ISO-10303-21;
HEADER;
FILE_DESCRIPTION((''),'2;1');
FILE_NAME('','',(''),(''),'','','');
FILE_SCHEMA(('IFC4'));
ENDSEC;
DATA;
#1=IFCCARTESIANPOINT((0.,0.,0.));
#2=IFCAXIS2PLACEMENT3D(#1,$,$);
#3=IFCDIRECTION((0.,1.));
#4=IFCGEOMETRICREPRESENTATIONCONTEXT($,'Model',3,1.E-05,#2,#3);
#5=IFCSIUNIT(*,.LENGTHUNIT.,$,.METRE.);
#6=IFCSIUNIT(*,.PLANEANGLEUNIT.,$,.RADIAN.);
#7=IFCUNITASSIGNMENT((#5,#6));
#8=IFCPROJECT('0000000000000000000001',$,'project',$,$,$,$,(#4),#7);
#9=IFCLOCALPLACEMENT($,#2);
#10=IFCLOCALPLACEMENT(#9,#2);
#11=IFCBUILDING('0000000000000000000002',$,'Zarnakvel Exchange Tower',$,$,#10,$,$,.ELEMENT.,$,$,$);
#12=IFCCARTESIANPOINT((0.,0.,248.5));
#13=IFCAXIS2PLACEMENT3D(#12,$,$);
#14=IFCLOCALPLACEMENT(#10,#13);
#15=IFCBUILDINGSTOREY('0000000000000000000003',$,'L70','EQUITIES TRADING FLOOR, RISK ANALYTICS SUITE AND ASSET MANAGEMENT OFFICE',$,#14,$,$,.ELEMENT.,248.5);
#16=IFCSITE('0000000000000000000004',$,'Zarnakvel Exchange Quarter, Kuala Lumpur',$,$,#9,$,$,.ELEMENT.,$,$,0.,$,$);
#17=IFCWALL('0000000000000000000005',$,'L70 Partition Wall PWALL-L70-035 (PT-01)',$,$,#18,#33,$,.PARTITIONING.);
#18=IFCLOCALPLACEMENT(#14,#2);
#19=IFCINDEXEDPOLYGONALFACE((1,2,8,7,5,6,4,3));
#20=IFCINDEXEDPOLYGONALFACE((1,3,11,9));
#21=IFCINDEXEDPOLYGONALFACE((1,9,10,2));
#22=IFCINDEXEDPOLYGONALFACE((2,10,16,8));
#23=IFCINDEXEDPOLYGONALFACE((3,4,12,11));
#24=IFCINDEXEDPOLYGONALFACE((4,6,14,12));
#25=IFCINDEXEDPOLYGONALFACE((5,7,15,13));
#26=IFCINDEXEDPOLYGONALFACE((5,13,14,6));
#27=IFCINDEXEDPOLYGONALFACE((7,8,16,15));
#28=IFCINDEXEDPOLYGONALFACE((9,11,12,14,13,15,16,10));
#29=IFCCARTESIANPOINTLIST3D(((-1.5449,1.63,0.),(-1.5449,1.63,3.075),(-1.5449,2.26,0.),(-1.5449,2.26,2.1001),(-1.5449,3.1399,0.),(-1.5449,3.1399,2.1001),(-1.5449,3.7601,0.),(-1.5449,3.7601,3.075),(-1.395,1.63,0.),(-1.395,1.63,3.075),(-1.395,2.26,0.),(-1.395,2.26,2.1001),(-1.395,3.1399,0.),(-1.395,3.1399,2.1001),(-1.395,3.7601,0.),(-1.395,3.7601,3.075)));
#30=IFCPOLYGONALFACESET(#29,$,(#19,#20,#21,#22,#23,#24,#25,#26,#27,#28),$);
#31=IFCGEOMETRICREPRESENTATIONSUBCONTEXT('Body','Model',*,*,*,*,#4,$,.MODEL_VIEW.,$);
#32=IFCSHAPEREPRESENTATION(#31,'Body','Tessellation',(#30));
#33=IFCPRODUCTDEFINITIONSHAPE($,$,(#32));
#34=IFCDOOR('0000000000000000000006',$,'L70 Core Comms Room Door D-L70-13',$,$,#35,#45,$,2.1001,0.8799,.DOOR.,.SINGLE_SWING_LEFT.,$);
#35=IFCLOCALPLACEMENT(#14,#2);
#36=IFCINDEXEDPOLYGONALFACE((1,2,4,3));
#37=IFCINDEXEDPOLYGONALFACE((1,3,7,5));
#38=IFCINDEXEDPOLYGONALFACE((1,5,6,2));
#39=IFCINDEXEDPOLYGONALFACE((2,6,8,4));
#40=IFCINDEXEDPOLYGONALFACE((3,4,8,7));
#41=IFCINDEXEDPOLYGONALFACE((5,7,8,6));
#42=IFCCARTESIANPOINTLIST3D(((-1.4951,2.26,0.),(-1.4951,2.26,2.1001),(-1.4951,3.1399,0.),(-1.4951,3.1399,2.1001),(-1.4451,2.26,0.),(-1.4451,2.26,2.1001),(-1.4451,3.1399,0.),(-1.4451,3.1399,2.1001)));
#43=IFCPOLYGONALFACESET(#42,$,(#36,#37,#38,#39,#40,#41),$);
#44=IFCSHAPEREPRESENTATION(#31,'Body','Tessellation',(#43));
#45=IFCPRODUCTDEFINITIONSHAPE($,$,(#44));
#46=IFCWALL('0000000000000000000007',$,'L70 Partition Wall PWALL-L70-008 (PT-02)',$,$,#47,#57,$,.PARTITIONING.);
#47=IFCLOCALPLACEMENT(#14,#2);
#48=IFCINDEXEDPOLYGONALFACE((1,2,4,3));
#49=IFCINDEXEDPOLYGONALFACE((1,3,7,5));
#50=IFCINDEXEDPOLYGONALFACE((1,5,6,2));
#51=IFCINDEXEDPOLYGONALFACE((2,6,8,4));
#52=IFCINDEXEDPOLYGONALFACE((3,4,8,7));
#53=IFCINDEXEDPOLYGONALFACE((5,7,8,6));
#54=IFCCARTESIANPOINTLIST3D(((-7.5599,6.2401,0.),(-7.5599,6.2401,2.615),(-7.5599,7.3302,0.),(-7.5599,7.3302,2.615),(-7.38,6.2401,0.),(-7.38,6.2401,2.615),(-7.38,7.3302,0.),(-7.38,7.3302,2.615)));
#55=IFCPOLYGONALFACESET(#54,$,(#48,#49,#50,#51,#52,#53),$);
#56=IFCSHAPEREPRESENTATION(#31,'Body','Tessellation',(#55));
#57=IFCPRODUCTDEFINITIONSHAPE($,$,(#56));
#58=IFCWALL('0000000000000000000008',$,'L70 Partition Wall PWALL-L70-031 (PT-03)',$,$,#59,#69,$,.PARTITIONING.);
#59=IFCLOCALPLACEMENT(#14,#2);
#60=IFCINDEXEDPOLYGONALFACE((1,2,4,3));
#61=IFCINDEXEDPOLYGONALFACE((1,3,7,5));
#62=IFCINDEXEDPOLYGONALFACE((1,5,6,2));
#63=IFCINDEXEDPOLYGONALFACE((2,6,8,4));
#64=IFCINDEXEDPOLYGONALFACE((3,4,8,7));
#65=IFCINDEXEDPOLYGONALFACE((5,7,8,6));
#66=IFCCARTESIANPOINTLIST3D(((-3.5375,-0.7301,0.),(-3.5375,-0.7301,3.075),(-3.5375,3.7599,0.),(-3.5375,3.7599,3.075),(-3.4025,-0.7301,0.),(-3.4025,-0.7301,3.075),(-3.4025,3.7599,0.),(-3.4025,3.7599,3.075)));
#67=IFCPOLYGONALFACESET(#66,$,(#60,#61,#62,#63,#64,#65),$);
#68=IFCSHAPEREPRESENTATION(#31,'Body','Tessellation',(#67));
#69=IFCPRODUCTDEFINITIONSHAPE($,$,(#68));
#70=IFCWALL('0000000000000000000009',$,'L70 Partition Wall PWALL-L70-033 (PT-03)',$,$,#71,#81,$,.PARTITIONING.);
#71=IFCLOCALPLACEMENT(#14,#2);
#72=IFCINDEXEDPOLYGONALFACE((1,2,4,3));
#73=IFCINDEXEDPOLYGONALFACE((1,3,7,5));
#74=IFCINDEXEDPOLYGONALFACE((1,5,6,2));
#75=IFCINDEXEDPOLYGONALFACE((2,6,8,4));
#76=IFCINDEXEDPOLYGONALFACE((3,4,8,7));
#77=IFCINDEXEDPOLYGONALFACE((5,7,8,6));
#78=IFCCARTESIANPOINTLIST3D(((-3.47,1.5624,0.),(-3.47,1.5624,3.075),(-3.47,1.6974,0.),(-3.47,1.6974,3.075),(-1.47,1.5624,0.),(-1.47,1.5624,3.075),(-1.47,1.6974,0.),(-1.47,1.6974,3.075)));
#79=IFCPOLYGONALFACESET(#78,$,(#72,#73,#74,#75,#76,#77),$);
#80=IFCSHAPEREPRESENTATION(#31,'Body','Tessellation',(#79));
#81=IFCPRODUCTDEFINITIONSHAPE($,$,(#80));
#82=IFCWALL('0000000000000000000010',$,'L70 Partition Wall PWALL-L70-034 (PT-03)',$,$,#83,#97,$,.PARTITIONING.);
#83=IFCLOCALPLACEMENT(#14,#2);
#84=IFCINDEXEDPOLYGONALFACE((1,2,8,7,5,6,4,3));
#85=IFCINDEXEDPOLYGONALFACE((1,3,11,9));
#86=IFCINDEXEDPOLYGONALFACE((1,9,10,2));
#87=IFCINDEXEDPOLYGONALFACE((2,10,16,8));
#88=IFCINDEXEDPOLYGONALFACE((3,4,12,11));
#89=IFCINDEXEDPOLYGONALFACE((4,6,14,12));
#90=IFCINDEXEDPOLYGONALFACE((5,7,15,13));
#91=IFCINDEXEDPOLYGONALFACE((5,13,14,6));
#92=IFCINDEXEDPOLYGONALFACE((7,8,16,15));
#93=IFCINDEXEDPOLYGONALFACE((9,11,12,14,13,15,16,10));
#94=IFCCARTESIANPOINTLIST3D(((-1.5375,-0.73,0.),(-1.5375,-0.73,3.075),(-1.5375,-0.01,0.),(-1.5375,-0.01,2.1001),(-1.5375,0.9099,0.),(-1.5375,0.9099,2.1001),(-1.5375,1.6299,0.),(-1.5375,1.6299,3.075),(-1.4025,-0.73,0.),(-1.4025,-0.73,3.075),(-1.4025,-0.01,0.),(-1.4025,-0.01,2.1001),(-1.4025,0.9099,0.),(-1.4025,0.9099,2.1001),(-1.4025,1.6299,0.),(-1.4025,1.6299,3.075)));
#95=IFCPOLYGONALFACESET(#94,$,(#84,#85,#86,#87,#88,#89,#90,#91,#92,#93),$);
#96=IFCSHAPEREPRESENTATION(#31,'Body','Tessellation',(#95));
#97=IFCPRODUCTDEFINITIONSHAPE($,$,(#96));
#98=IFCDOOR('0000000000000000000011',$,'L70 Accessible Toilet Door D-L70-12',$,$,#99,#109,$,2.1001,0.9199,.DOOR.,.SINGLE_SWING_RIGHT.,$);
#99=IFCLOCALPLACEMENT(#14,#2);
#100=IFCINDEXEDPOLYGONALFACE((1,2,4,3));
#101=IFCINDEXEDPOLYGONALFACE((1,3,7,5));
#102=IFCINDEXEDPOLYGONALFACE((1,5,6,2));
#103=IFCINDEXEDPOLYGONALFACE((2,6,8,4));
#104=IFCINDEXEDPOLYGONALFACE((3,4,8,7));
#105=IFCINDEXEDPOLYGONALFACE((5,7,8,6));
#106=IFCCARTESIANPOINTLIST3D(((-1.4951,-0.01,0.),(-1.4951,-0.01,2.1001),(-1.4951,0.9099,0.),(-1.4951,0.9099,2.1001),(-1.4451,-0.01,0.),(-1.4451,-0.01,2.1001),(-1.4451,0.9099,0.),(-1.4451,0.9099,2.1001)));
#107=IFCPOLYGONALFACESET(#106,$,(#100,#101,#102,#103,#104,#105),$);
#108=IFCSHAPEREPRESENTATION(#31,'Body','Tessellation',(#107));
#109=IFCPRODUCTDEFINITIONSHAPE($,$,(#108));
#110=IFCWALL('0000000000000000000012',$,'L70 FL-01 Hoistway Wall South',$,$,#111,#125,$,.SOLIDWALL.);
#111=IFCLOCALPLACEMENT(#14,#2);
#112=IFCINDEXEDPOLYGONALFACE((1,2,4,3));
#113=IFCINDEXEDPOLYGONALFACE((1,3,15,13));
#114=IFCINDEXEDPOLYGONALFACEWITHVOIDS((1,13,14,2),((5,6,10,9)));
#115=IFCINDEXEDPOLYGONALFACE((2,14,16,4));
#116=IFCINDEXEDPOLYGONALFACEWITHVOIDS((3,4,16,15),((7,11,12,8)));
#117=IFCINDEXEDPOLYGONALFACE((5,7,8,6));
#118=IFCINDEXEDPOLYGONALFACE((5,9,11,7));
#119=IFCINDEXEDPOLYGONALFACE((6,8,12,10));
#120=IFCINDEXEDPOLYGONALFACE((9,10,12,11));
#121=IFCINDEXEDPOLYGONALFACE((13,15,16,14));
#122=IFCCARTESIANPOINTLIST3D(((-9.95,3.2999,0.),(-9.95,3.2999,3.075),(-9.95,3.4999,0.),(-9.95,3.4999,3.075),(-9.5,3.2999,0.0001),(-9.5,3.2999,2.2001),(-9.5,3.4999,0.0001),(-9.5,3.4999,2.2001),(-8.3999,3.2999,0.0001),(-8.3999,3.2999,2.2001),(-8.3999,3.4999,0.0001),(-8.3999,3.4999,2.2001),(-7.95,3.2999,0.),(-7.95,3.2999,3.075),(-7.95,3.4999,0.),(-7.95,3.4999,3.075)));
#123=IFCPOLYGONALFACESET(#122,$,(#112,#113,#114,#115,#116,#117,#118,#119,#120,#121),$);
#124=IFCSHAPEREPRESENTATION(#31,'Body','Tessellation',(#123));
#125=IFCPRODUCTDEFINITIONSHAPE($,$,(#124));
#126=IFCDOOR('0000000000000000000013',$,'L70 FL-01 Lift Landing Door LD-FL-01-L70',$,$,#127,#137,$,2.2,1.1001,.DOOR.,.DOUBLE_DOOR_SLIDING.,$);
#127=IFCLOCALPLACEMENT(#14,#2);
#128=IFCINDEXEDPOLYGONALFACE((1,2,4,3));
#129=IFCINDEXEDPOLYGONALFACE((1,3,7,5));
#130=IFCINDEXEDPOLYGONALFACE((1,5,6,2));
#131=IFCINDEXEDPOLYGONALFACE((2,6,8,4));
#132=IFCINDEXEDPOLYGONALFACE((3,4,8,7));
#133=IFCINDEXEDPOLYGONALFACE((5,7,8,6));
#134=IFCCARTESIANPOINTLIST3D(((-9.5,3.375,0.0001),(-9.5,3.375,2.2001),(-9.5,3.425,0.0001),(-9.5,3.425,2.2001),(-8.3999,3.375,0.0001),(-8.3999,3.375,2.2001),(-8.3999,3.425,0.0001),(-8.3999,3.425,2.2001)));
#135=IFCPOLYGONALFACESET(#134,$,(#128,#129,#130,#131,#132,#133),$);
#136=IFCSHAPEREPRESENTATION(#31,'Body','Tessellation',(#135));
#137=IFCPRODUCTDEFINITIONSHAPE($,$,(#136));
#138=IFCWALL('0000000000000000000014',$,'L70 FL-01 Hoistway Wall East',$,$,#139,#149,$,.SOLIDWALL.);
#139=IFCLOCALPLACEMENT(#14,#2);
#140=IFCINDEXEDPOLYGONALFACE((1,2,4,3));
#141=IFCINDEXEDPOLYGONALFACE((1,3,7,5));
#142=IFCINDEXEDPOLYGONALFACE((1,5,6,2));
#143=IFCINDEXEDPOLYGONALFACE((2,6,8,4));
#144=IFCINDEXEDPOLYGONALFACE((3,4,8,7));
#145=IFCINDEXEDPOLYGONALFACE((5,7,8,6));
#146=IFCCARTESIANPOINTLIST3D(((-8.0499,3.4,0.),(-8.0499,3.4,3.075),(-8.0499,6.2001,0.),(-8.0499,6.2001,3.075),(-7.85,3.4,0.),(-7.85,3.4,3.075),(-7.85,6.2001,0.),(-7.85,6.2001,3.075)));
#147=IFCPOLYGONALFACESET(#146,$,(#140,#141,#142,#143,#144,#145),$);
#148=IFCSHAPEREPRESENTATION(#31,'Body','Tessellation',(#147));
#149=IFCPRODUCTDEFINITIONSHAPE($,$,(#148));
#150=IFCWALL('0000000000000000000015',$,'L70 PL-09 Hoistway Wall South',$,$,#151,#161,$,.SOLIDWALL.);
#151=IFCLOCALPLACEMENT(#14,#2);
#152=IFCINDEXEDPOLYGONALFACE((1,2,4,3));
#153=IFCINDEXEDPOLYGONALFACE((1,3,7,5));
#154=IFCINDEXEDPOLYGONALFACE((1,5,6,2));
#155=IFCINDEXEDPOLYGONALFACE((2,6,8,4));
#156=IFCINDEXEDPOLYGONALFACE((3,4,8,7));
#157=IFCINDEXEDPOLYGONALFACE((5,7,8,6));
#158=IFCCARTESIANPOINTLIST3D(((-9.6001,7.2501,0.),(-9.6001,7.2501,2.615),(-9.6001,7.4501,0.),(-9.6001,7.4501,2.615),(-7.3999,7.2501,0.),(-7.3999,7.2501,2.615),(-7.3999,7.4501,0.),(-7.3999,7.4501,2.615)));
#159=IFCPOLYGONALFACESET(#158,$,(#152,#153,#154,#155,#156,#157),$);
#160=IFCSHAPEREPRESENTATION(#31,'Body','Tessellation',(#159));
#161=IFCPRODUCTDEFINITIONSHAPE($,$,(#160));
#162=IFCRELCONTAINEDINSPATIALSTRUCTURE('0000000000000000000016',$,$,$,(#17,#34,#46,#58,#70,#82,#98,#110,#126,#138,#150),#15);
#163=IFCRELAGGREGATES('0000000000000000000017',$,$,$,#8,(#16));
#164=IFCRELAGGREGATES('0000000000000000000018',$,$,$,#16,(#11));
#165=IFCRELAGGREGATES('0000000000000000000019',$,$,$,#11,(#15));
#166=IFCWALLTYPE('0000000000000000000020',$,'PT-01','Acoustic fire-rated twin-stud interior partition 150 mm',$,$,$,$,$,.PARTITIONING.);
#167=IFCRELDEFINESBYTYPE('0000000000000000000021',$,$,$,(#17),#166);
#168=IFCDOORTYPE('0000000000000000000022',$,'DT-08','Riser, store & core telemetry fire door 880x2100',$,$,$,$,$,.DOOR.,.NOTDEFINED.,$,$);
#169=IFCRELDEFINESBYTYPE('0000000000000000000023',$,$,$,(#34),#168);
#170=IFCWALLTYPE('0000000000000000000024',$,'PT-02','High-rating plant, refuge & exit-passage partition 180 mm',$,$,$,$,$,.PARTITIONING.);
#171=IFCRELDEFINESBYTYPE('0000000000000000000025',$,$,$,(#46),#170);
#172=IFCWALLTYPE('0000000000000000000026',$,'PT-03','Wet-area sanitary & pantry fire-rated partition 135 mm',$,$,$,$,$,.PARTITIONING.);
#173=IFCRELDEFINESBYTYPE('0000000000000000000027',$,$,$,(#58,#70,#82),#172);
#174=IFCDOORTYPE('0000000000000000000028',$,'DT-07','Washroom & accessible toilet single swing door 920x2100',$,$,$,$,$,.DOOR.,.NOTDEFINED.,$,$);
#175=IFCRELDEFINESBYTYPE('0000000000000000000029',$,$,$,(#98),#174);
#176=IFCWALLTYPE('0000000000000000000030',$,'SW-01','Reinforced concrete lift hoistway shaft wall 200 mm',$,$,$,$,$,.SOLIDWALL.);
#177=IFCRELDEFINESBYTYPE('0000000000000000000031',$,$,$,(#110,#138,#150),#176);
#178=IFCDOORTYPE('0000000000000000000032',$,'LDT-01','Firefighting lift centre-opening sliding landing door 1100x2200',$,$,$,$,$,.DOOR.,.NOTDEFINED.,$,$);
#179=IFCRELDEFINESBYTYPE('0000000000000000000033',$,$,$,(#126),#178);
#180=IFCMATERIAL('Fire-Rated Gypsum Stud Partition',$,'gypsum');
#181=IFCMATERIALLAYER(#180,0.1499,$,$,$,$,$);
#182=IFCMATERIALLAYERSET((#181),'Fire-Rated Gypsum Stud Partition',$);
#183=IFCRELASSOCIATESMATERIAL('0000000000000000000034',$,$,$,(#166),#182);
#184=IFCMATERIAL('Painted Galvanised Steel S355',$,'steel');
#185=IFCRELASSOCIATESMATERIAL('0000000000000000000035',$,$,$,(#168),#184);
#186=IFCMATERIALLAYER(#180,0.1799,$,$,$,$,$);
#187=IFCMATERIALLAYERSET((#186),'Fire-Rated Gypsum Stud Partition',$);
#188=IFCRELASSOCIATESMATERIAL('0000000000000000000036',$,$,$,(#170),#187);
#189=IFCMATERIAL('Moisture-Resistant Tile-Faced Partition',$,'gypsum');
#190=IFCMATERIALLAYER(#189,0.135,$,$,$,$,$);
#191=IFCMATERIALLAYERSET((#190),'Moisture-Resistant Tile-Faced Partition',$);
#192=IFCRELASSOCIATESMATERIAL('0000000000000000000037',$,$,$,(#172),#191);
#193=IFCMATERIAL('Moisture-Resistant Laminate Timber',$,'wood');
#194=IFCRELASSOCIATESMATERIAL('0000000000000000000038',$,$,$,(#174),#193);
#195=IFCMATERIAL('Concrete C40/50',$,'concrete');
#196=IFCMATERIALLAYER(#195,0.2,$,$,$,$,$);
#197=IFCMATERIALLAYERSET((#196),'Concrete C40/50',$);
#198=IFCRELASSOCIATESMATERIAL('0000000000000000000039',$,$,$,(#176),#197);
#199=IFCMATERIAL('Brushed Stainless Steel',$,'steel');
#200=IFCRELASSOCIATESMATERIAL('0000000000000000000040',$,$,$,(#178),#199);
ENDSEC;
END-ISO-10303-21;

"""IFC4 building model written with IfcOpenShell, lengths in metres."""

from ifc_helpers import new_model, si_unit, direction, frame, frame_2d, origin, place, context, subcontext, project, spatial, rectangle, extrude, source, transform, mapped, material, layer, layer_set, type_object, element, fill, save


model = new_model("IFC4")

# Units and contexts
model_context = context("Model", 3, precision=1e-05, world=origin(), true_north=direction((0.0, 1.0)))
body_context = subcontext(model_context, "Body", "Model", "MODEL_VIEW")
ifc_project = project(units=[si_unit("LENGTHUNIT", "METRE"), si_unit("PLANEANGLEUNIT", "RADIAN")], contexts=[model_context])

# Site, building, storey
site_placement = place(None, origin())
site = spatial("IfcSite", under=ifc_project, at=site_placement, Name="Zarnakvel Exchange Quarter, Kuala Lumpur", CompositionType="ELEMENT", RefElevation=0.0)
building_placement = place(site_placement, origin())
building = spatial("IfcBuilding", under=site, at=building_placement, Name="Zarnakvel Exchange Tower", CompositionType="ELEMENT")
storey_placement = place(building_placement, frame((0.0, 0.0, 248.5)))
storey = spatial("IfcBuildingStorey", under=building, at=storey_placement, Name="L70", Description="EQUITIES TRADING FLOOR, RISK ANALYTICS SUITE AND ASSET MANAGEMENT OFFICE", CompositionType="ELEMENT", Elevation=248.5)

# Shared definitions
ifc_material_1 = material(Name="Concrete C40/50", Category="concrete")

# Shared definitions
ifc_material_2 = material(Name="Fire-Rated Gypsum Stud Partition", Category="gypsum")
ifc_layer_1 = layer(ifc_material_2, 0.1499)
ifc_layer_set_1 = layer_set([ifc_layer_1], Name="Fire-Rated Gypsum Stud Partition")
wall_type_1 = type_object("IfcWallType", Name="PT-01", Description="Acoustic fire-rated twin-stud interior partition 150 mm", PredefinedType="PARTITIONING", material=ifc_layer_set_1)

# Shared definitions
ifc_material_3 = material(Name="Painted Galvanised Steel S355", Category="steel")
door_type_1 = type_object("IfcDoorType", Name="DT-08", Description="Riser, store & core telemetry fire door 880x2100", OperationType="NOTDEFINED", PredefinedType="DOOR", material=ifc_material_3)
shared_shape_1 = source(origin(), body_context, "Body", "SweptSolid", [
    extrude(rectangle(XDim=0.8799, YDim=2.1001, at=frame_2d((0.4399, 1.05))), frame((0.0, 0.0249, 0.0), z_axis=(0.0, -1.0, 0.0), x_axis=(1.0, 0.0, 0.0)), (0.0, 0.0, 1.0), 0.05),
])

# Wall, opening, door
wall_1_placement = place(storey_placement, frame((-1.47, 3.76, 0.0), z_axis=(0.0, 0.0, 1.0), x_axis=(0.0, -1.0, 0.0)))
wall_1 = element("IfcWall", 1, at=wall_1_placement, inside=storey, type_object=wall_type_1, Name="L70 Partition Wall PWALL-L70-035 (PT-01)", PredefinedType="PARTITIONING", context=body_context, shape_type="SweptSolid", body=[
    extrude(rectangle(XDim=2.1301, YDim=0.1499, at=frame_2d((1.0649, 0.0))), origin(), (0.0, 0.0, 1.0), 3.075),
])
opening_1_placement = place(wall_1_placement, frame((0.6201, 0.0, 0.0)))
opening_1 = element("IfcOpeningElement", 2, at=opening_1_placement, cuts=wall_1, PredefinedType="OPENING", context=body_context, shape_type="SweptSolid", body=[
    extrude(rectangle(XDim=0.8799, YDim=2.1001, at=frame_2d((0.4399, 1.05))), frame((0.0, 0.085, 0.0), z_axis=(0.0, -1.0, 0.0), x_axis=(1.0, 0.0, 0.0)), (0.0, 0.0, 1.0), 0.1699),
])
door_1_placement = place(opening_1_placement, origin())
door_1 = element("IfcDoor", 3, at=door_1_placement, inside=storey, type_object=door_type_1, Name="L70 Core Comms Room Door D-L70-13", OperationType="SINGLE_SWING_LEFT", OverallHeight=2.1001, OverallWidth=0.8799, PredefinedType="DOOR", context=body_context, shape_type="MappedRepresentation", body=[
    mapped(shared_shape_1, transform((0.0, 0.0, 0.0), x_axis=(1.0, 0.0, 0.0), y_axis=(0.0, 1.0, 0.0), z_axis=(0.0, 0.0, 1.0), scale=1.0)),
])
fill(opening_1, door_1)

# Walls
ifc_layer_2 = layer(ifc_material_2, 0.1799)
ifc_layer_set_2 = layer_set([ifc_layer_2], Name="Fire-Rated Gypsum Stud Partition")
wall_type_2 = type_object("IfcWallType", Name="PT-02", Description="High-rating plant, refuge & exit-passage partition 180 mm", PredefinedType="PARTITIONING", material=ifc_layer_set_2)
wall_2_placement = place(storey_placement, frame((-7.47, 7.3301, 0.0), z_axis=(0.0, 0.0, 1.0), x_axis=(0.0, -1.0, 0.0)))
element("IfcWall", 4, at=wall_2_placement, inside=storey, type_object=wall_type_2, Name="L70 Partition Wall PWALL-L70-008 (PT-02)", PredefinedType="PARTITIONING", context=body_context, shape_type="SweptSolid", body=[
    extrude(rectangle(XDim=1.0901, YDim=0.1799, at=frame_2d((0.5449, 0.0))), origin(), (0.0, 0.0, 1.0), 2.615),
])
ifc_material_4 = material(Name="Moisture-Resistant Tile-Faced Partition", Category="gypsum")
ifc_layer_3 = layer(ifc_material_4, 0.135)
ifc_layer_set_3 = layer_set([ifc_layer_3], Name="Moisture-Resistant Tile-Faced Partition")
wall_type_3 = type_object("IfcWallType", Name="PT-03", Description="Wet-area sanitary & pantry fire-rated partition 135 mm", PredefinedType="PARTITIONING", material=ifc_layer_set_3)
wall_3_placement = place(storey_placement, frame((-3.47, 3.76, 0.0), z_axis=(0.0, 0.0, 1.0), x_axis=(0.0, -1.0, 0.0)))
element("IfcWall", 5, at=wall_3_placement, inside=storey, type_object=wall_type_3, Name="L70 Partition Wall PWALL-L70-031 (PT-03)", PredefinedType="PARTITIONING", context=body_context, shape_type="SweptSolid", body=[
    extrude(rectangle(XDim=4.49, YDim=0.135, at=frame_2d((2.2451, 0.0))), origin(), (0.0, 0.0, 1.0), 3.075),
])
wall_4_placement = place(storey_placement, frame((-3.47, 1.6299, 0.0), z_axis=(0.0, 0.0, 1.0), x_axis=(1.0, 0.0, 0.0)))
element("IfcWall", 6, at=wall_4_placement, inside=storey, type_object=wall_type_3, Name="L70 Partition Wall PWALL-L70-033 (PT-03)", PredefinedType="PARTITIONING", context=body_context, shape_type="SweptSolid", body=[
    extrude(rectangle(XDim=2.0, YDim=0.135, at=frame_2d((1.0, 0.0))), origin(), (0.0, 0.0, 1.0), 3.075),
])

# Walls, openings, doors
wall_5_placement = place(storey_placement, frame((-1.47, 1.6299, 0.0), z_axis=(0.0, 0.0, 1.0), x_axis=(0.0, -1.0, 0.0)))
wall_5 = element("IfcWall", 7, at=wall_5_placement, inside=storey, type_object=wall_type_3, Name="L70 Partition Wall PWALL-L70-034 (PT-03)", PredefinedType="PARTITIONING", context=body_context, shape_type="SweptSolid", body=[
    extrude(rectangle(XDim=2.3599, YDim=0.135, at=frame_2d((1.1799, 0.0))), origin(), (0.0, 0.0, 1.0), 3.075),
])
opening_2_placement = place(wall_5_placement, frame((0.72, 0.0, 0.0)))
opening_2 = element("IfcOpeningElement", 8, at=opening_2_placement, cuts=wall_5, PredefinedType="OPENING", context=body_context, shape_type="SweptSolid", body=[
    extrude(rectangle(XDim=0.9199, YDim=2.1001, at=frame_2d((0.46, 1.05))), frame((0.0, 0.0774, 0.0), z_axis=(0.0, -1.0, 0.0), x_axis=(1.0, 0.0, 0.0)), (0.0, 0.0, 1.0), 0.155),
])
ifc_material_5 = material(Name="Moisture-Resistant Laminate Timber", Category="wood")
door_type_2 = type_object("IfcDoorType", Name="DT-07", Description="Washroom & accessible toilet single swing door 920x2100", OperationType="NOTDEFINED", PredefinedType="DOOR", material=ifc_material_5)
shared_shape_2 = source(origin(), body_context, "Body", "SweptSolid", [
    extrude(rectangle(XDim=0.9199, YDim=2.1001, at=frame_2d((0.46, 1.05))), frame((0.0, 0.0249, 0.0), z_axis=(0.0, -1.0, 0.0), x_axis=(1.0, 0.0, 0.0)), (0.0, 0.0, 1.0), 0.05),
])
door_2_placement = place(opening_2_placement, origin())
door_2 = element("IfcDoor", 9, at=door_2_placement, inside=storey, type_object=door_type_2, Name="L70 Accessible Toilet Door D-L70-12", OperationType="SINGLE_SWING_RIGHT", OverallHeight=2.1001, OverallWidth=0.9199, PredefinedType="DOOR", context=body_context, shape_type="MappedRepresentation", body=[
    mapped(shared_shape_2, transform((0.0, 0.0, 0.0), x_axis=(1.0, 0.0, 0.0), y_axis=(0.0, 1.0, 0.0), z_axis=(0.0, 0.0, 1.0), scale=1.0)),
])
fill(opening_2, door_2)
ifc_layer_4 = layer(ifc_material_1, 0.2)
ifc_layer_set_4 = layer_set([ifc_layer_4], Name="Concrete C40/50")
wall_type_4 = type_object("IfcWallType", Name="SW-01", Description="Reinforced concrete lift hoistway shaft wall 200 mm", PredefinedType="SOLIDWALL", material=ifc_layer_set_4)
wall_6_placement = place(storey_placement, frame((-7.95, 3.3999, 0.0), z_axis=(0.0, 0.0, 1.0), x_axis=(-1.0, 0.0, 0.0)))
wall_6 = element("IfcWall", 10, at=wall_6_placement, inside=storey, type_object=wall_type_4, Name="L70 FL-01 Hoistway Wall South", PredefinedType="SOLIDWALL", context=body_context, shape_type="SweptSolid", body=[
    extrude(rectangle(XDim=2.0, YDim=0.2, at=frame_2d((1.0, 0.0))), origin(), (0.0, 0.0, 1.0), 3.075),
])
opening_3_placement = place(wall_6_placement, frame((0.45, 0.0, 0.0)))
opening_3 = element("IfcOpeningElement", 11, at=opening_3_placement, cuts=wall_6, PredefinedType="OPENING", context=body_context, shape_type="SweptSolid", body=[
    extrude(rectangle(XDim=1.1001, YDim=2.2, at=frame_2d((0.55, 1.1001))), frame((0.0, 0.1099, 0.0), z_axis=(0.0, -1.0, 0.0), x_axis=(1.0, 0.0, 0.0)), (0.0, 0.0, 1.0), 0.22),
])
ifc_material_6 = material(Name="Brushed Stainless Steel", Category="steel")
door_type_3 = type_object("IfcDoorType", Name="LDT-01", Description="Firefighting lift centre-opening sliding landing door 1100x2200", OperationType="NOTDEFINED", PredefinedType="DOOR", material=ifc_material_6)
shared_shape_3 = source(origin(), body_context, "Body", "SweptSolid", [
    extrude(rectangle(XDim=1.1001, YDim=2.2, at=frame_2d((0.55, 1.1001))), frame((0.0, 0.0249, 0.0), z_axis=(0.0, -1.0, 0.0), x_axis=(1.0, 0.0, 0.0)), (0.0, 0.0, 1.0), 0.05),
])
door_3_placement = place(opening_3_placement, origin())
door_3 = element("IfcDoor", 12, at=door_3_placement, inside=storey, type_object=door_type_3, Name="L70 FL-01 Lift Landing Door LD-FL-01-L70", OperationType="DOUBLE_DOOR_SLIDING", OverallHeight=2.2, OverallWidth=1.1001, PredefinedType="DOOR", context=body_context, shape_type="MappedRepresentation", body=[
    mapped(shared_shape_3, transform((0.0, 0.0, 0.0), x_axis=(1.0, 0.0, 0.0), y_axis=(0.0, 1.0, 0.0), z_axis=(0.0, 0.0, 1.0), scale=1.0)),
])
fill(opening_3, door_3)

# Walls
wall_7_placement = place(storey_placement, frame((-7.95, 6.2, 0.0), z_axis=(0.0, 0.0, 1.0), x_axis=(0.0, -1.0, 0.0)))
element("IfcWall", 13, at=wall_7_placement, inside=storey, type_object=wall_type_4, Name="L70 FL-01 Hoistway Wall East", PredefinedType="SOLIDWALL", context=body_context, shape_type="SweptSolid", body=[
    extrude(rectangle(XDim=2.8, YDim=0.2, at=frame_2d((1.3999, 0.0))), origin(), (0.0, 0.0, 1.0), 3.075),
])
for number, where, z_axis, x_axis, name in (
    (14, (-7.3999, 7.3501, 0.0), (0.0, 0.0, 1.0), (-1.0, 0.0, 0.0), "L70 PL-09 Hoistway Wall South"),
):
    element("IfcWall", number, at=place(storey_placement, frame(where, z_axis=z_axis, x_axis=x_axis)), inside=storey, type_object=wall_type_4, Name=name, PredefinedType="SOLIDWALL", context=body_context, shape_type="SweptSolid", body=[
        extrude(rectangle(XDim=2.2002, YDim=0.2, at=frame_2d((1.1001, 0.0))), origin(), (0.0, 0.0, 1.0), 2.615),
    ])

save(model, "model.ifc")
